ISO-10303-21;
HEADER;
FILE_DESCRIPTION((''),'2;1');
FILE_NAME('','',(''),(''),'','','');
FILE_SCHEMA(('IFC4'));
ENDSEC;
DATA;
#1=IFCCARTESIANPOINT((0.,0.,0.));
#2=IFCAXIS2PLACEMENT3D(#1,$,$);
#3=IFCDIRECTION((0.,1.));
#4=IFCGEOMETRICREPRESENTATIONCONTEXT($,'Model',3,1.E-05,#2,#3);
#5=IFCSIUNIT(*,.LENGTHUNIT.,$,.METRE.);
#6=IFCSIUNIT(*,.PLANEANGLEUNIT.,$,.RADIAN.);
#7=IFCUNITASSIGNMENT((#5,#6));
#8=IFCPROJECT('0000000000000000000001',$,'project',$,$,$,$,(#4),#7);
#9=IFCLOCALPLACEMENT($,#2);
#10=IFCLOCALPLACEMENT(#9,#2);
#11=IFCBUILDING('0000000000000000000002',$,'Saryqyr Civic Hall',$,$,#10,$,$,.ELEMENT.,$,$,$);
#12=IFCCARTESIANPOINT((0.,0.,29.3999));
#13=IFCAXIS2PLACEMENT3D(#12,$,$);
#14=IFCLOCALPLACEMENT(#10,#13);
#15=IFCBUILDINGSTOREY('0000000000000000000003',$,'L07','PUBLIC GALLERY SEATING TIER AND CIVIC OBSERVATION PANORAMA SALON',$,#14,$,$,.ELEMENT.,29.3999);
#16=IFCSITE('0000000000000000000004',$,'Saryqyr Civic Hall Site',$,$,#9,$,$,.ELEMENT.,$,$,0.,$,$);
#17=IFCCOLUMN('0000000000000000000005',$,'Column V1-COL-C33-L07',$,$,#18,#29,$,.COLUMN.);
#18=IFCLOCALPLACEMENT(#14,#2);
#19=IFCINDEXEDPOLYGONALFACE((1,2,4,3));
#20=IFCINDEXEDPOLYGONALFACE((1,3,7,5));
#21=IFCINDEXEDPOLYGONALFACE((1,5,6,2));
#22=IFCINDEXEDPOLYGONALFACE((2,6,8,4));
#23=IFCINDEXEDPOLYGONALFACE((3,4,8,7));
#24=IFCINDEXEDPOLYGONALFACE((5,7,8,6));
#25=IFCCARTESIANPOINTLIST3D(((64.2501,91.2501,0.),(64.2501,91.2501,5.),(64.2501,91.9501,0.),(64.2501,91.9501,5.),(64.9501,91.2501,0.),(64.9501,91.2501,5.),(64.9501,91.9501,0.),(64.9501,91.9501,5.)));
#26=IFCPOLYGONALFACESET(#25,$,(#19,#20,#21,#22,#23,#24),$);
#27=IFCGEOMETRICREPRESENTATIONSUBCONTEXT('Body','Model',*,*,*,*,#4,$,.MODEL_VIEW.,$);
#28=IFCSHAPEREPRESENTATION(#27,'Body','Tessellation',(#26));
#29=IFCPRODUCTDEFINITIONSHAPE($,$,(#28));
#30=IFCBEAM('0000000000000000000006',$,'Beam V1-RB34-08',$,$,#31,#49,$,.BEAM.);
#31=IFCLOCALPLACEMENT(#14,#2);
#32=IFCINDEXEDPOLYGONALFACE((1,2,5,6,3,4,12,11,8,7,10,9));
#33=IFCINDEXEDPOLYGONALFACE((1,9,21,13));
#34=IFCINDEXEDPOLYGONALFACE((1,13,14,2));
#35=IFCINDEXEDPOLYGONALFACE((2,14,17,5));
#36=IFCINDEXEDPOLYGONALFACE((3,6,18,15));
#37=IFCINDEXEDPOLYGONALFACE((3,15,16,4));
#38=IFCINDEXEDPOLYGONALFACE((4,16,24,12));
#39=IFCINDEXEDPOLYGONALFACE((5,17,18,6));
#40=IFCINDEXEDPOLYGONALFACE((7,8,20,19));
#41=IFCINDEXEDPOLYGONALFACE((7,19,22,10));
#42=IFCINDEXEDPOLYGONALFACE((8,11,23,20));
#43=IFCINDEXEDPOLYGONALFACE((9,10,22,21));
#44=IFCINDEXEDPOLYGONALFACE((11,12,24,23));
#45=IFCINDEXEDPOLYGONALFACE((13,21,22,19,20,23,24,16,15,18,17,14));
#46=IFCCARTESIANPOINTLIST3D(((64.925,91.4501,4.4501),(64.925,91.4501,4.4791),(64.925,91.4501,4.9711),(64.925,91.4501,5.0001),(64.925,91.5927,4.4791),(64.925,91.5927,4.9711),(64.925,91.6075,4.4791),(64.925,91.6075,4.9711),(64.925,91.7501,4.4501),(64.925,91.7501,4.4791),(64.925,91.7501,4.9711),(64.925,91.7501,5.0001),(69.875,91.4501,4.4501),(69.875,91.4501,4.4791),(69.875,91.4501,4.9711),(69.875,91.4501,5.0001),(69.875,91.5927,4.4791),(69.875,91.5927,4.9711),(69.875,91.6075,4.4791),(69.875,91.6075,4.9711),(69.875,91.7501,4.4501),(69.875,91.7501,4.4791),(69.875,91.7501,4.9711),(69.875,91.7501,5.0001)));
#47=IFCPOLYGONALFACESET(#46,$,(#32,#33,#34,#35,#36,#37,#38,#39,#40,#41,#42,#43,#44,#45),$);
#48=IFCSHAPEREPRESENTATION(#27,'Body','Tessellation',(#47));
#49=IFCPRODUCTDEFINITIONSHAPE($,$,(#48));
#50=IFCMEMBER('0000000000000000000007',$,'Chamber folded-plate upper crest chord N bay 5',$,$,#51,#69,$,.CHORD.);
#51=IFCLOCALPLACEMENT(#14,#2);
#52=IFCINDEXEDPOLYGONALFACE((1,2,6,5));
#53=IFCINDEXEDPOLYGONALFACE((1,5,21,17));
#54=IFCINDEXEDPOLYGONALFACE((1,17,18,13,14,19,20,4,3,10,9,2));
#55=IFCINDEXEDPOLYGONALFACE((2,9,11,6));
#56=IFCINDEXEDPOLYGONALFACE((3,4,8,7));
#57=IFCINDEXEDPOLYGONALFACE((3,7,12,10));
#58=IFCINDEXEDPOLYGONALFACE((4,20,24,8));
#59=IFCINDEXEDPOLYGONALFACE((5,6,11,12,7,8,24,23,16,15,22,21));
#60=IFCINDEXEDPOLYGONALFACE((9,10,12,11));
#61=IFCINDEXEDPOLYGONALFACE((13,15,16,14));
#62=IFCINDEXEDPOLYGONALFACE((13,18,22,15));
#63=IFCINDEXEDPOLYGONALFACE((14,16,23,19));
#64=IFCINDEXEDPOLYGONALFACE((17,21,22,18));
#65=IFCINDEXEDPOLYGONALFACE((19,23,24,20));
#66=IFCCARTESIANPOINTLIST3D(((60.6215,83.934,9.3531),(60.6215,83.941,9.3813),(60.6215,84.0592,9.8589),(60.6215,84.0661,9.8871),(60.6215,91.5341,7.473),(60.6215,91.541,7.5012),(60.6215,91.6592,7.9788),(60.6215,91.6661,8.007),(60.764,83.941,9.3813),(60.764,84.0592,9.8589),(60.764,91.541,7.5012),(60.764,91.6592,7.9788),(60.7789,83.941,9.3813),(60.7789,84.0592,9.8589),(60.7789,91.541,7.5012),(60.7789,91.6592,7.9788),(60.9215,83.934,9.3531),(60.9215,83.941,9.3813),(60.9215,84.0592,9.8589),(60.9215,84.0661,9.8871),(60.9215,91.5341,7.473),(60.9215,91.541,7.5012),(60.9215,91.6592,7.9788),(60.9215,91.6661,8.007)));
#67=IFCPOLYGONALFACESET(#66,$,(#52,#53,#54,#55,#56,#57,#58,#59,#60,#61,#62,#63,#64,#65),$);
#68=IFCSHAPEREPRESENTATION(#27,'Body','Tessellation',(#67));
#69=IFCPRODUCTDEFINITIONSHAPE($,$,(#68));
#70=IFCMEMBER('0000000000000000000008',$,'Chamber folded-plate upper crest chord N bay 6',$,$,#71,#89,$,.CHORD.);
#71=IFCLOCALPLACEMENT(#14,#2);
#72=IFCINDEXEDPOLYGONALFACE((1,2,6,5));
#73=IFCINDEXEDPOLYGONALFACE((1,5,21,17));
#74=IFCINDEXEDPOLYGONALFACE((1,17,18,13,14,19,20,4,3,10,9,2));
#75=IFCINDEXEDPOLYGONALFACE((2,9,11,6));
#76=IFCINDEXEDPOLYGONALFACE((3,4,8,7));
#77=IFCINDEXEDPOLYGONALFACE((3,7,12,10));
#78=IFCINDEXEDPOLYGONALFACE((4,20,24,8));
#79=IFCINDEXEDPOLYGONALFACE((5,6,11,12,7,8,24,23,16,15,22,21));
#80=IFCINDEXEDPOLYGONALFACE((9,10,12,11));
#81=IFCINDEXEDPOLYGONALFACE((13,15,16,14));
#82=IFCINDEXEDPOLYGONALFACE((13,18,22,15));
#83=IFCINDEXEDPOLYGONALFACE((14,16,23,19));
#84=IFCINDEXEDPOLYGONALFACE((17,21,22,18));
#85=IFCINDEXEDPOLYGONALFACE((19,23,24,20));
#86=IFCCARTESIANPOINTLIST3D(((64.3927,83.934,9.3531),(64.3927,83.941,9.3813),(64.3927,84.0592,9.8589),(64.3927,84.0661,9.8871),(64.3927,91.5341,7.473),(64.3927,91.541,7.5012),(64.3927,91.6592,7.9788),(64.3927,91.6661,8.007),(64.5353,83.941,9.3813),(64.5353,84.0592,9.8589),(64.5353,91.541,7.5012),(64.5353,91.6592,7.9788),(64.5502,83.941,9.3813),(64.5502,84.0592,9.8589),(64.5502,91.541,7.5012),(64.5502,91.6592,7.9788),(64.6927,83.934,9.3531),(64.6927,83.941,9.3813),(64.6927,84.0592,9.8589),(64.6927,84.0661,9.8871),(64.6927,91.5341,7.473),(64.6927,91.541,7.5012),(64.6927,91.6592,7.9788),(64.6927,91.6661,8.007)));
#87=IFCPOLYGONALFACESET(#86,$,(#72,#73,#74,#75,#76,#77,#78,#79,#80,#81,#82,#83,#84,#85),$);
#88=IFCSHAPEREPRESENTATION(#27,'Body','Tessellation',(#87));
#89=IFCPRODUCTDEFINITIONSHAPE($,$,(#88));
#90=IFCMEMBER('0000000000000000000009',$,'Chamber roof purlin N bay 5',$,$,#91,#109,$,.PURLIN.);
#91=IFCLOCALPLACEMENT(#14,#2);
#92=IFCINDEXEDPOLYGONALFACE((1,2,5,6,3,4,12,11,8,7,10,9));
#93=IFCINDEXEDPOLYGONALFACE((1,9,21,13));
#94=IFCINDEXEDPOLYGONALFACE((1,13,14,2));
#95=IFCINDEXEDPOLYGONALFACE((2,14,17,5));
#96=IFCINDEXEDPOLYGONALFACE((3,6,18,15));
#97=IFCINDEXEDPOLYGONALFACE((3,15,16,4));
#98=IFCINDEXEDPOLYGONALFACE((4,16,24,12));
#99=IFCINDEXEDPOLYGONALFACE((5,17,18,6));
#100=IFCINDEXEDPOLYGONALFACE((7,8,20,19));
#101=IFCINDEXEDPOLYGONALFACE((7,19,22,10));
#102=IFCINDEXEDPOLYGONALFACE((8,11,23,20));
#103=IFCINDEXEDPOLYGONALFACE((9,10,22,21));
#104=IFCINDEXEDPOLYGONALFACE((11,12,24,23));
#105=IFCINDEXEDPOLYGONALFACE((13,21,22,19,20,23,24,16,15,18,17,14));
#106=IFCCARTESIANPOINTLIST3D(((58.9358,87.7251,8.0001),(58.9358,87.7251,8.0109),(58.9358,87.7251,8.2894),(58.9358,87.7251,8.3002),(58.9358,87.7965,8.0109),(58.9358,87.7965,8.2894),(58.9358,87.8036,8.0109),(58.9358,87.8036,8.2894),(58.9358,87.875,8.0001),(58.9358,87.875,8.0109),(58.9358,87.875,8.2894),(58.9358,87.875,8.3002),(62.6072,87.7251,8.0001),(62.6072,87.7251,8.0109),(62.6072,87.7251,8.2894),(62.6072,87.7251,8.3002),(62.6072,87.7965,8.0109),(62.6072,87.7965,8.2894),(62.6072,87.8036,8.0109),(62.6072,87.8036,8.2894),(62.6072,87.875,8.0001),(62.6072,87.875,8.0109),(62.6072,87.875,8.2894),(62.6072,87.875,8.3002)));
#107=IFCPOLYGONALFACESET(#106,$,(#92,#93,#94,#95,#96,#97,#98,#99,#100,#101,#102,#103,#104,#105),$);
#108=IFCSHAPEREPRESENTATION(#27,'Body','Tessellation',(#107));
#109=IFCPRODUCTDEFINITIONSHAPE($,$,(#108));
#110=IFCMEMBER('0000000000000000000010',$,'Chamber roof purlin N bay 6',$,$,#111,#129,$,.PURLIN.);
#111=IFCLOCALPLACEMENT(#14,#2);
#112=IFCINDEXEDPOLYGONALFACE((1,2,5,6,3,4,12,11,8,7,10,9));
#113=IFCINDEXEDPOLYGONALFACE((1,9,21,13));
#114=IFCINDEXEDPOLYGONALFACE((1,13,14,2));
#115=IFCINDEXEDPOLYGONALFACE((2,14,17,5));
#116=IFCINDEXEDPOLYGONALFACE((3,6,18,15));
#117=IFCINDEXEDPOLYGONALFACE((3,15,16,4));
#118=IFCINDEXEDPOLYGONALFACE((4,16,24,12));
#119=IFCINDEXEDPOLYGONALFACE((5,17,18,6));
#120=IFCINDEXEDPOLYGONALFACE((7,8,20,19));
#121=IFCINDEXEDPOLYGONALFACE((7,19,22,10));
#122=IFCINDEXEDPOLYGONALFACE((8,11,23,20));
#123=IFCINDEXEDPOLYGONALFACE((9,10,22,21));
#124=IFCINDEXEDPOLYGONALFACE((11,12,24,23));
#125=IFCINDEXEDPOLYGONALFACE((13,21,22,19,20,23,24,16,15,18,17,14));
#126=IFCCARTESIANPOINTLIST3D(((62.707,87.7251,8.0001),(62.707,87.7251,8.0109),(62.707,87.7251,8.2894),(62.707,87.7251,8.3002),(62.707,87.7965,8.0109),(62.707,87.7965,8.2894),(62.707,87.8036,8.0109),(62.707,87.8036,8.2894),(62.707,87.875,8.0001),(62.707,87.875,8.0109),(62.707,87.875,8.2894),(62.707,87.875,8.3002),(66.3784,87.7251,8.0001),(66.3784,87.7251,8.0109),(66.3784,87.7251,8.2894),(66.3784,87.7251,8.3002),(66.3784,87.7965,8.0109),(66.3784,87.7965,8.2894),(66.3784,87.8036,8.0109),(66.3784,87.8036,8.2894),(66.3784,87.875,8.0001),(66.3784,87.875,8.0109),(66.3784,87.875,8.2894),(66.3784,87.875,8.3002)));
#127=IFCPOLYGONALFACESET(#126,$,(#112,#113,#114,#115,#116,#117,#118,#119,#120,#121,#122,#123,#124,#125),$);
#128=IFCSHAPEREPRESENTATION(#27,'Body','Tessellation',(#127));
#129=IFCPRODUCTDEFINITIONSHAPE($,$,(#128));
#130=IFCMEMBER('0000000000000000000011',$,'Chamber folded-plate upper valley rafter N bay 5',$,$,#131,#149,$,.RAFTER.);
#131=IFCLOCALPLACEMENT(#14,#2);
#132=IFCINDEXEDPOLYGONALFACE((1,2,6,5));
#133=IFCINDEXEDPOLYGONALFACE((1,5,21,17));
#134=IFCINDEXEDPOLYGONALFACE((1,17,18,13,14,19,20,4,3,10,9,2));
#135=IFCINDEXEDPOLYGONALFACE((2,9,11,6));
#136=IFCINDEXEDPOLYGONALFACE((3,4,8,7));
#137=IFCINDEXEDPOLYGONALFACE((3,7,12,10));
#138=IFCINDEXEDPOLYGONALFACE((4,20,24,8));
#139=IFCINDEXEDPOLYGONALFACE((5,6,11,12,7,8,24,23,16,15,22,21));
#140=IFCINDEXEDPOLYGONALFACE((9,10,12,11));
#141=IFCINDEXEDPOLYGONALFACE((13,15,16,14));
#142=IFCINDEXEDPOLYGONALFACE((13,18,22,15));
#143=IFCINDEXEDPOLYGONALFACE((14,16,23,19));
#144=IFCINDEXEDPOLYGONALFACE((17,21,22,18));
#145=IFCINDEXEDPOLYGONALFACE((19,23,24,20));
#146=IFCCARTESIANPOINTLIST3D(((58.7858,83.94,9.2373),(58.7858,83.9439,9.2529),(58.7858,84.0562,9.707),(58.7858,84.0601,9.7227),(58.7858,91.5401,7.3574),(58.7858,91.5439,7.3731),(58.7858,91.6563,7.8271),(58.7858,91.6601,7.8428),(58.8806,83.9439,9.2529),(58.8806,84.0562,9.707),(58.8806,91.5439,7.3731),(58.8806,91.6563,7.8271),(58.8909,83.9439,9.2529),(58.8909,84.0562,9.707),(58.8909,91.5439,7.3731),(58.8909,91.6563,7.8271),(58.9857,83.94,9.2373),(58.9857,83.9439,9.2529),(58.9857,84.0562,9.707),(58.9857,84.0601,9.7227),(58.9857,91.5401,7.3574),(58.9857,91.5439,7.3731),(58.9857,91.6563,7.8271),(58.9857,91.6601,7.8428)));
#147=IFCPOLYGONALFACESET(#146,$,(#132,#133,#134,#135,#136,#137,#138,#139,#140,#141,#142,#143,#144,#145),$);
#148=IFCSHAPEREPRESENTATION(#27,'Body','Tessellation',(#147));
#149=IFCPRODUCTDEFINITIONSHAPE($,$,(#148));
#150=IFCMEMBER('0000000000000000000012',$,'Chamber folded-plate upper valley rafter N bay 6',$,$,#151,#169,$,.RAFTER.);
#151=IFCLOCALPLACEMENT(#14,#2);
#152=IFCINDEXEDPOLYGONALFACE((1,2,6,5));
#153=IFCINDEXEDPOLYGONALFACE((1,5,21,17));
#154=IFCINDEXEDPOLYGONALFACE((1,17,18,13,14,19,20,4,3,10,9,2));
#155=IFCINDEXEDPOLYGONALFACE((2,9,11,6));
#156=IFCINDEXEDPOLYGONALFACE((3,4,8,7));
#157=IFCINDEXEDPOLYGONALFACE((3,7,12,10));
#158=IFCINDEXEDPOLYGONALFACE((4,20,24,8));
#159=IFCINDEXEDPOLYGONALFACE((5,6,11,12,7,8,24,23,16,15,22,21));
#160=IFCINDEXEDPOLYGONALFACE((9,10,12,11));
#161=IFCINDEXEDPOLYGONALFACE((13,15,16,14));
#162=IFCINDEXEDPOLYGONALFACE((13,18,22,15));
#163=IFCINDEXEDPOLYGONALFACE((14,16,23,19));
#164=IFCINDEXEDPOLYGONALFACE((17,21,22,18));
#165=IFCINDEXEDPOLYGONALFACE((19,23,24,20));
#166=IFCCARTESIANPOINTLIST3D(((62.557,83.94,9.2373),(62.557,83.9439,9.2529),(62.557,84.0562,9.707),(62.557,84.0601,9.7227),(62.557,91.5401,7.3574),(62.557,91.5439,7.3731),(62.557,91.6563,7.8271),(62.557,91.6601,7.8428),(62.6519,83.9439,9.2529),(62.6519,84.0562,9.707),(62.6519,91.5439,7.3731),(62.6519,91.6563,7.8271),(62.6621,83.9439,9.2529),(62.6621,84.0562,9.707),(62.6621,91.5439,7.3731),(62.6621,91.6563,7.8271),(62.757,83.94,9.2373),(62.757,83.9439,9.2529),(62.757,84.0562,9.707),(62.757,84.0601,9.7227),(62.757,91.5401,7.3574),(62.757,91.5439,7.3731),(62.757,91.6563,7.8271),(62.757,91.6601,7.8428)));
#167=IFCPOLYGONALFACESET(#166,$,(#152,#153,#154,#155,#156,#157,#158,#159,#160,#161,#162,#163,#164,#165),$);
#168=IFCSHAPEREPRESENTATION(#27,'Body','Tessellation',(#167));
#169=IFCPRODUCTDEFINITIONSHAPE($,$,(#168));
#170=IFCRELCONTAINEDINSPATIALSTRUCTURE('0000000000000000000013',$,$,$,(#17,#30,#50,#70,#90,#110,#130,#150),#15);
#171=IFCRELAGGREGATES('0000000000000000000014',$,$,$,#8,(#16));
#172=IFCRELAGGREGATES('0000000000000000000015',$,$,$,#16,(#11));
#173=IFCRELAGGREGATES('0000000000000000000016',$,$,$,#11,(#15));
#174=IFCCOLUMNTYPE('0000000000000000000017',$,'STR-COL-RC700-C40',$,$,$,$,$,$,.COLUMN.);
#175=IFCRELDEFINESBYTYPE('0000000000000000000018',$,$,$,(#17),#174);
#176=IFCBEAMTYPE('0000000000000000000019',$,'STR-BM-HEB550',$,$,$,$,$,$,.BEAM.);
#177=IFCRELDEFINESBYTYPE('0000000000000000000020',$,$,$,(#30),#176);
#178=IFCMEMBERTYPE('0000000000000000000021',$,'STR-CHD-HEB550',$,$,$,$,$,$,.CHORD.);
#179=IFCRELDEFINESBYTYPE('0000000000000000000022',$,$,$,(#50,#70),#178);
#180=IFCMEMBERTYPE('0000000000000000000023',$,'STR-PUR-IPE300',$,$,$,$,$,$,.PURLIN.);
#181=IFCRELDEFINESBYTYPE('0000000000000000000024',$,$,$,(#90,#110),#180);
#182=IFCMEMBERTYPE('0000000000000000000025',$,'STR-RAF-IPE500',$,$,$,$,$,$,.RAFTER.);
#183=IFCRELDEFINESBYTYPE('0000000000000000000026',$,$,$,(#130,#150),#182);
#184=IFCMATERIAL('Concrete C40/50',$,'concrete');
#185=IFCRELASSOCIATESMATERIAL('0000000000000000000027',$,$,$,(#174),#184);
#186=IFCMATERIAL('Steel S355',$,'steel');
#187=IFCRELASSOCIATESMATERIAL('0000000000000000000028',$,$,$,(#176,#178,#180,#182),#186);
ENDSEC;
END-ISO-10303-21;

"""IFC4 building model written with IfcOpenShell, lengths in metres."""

from ifc_helpers import new_model, si_unit, direction, frame, origin, origin_2d, place, context, subcontext, project, spatial, rectangle, i_section, extrude, material, material_profile, profile_set, type_object, element, save


model = new_model("IFC4")

# Units and contexts
model_context = context("Model", 3, precision=1e-05, world=origin(), true_north=direction((0.0, 1.0)))
body_context = subcontext(model_context, "Body", "Model", "MODEL_VIEW")
ifc_project = project(units=[si_unit("LENGTHUNIT", "METRE"), si_unit("PLANEANGLEUNIT", "RADIAN")], contexts=[model_context])

# Site, building, storey
site_placement = place(None, origin())
site = spatial("IfcSite", under=ifc_project, at=site_placement, Name="Saryqyr Civic Hall Site", CompositionType="ELEMENT", RefElevation=0.0)
building_placement = place(site_placement, origin())
building = spatial("IfcBuilding", under=site, at=building_placement, Name="Saryqyr Civic Hall", CompositionType="ELEMENT")
storey_placement = place(building_placement, frame((0.0, 0.0, 29.3999)))
storey = spatial("IfcBuildingStorey", under=building, at=storey_placement, Name="L07", Description="PUBLIC GALLERY SEATING TIER AND CIVIC OBSERVATION PANORAMA SALON", CompositionType="ELEMENT", Elevation=29.3999)

# Column
ifc_material_1 = material(Name="Concrete C40/50", Category="concrete")
ifc_material_profile_1 = material_profile(ifc_material_1, rectangle(XDim=0.7, YDim=0.7, at=origin_2d()), Name="RC 700x700")
ifc_profile_set_1 = profile_set([ifc_material_profile_1], Name="Concrete C40/50")
column_type = type_object("IfcColumnType", Name="STR-COL-RC700-C40", PredefinedType="COLUMN", material=ifc_profile_set_1)
column_placement = place(storey_placement, frame((64.6001, 91.6001, 0.0), z_axis=(0.0, 0.0, 1.0), x_axis=(1.0, 0.0, 0.0)))
element("IfcColumn", 1, at=column_placement, inside=storey, type_object=column_type, Name="Column V1-COL-C33-L07", PredefinedType="COLUMN", context=body_context, shape_type="SweptSolid", body=[
    extrude(rectangle(XDim=0.7, YDim=0.7, at=origin_2d()), origin(), (0.0, 0.0, 1.0), 5.0),
])

# Beam
ifc_material_2 = material(Name="Steel S355", Category="steel")
ifc_material_profile_2 = material_profile(ifc_material_2, i_section(OverallWidth=0.3, OverallDepth=0.55, WebThickness=0.0149, FlangeThickness=0.0291, at=origin_2d()), Name="HEB 550")
ifc_profile_set_2 = profile_set([ifc_material_profile_2], Name="Steel S355")
beam_type = type_object("IfcBeamType", Name="STR-BM-HEB550", PredefinedType="BEAM", material=ifc_profile_set_2)
beam_placement = place(storey_placement, frame((64.925, 91.6001, 4.7251), z_axis=(1.0, 0.0, 0.0), x_axis=(0.0, 1.0, 0.0)))
element("IfcBeam", 2, at=beam_placement, inside=storey, type_object=beam_type, Name="Beam V1-RB34-08", PredefinedType="BEAM", context=body_context, shape_type="SweptSolid", body=[
    extrude(i_section(OverallWidth=0.3, OverallDepth=0.55, WebThickness=0.0149, FlangeThickness=0.0291, at=origin_2d()), origin(), (0.0, 0.0, 1.0), 4.95),
])

# Members
ifc_material_profile_3 = material_profile(ifc_material_2, i_section(OverallWidth=0.3, OverallDepth=0.55, WebThickness=0.0149, FlangeThickness=0.0291, at=origin_2d()), Name="HEB 550")
ifc_profile_set_3 = profile_set([ifc_material_profile_3], Name="Steel S355")
member_type_1 = type_object("IfcMemberType", Name="STR-CHD-HEB550", PredefinedType="CHORD", material=ifc_profile_set_3)
for number, where, z_axis, x_axis, name in (
    (3, (60.7715, 91.6001, 7.74), (0.0, -0.970738, 0.240143), (1.0, 0.0, 0.0), "Chamber folded-plate upper crest chord N bay 5"),
    (4, (64.5427, 91.6001, 7.74), (0.0, -0.970738, 0.240143), (1.0, 0.0, 0.0), "Chamber folded-plate upper crest chord N bay 6"),
):
    element("IfcMember", number, at=place(storey_placement, frame(where, z_axis=z_axis, x_axis=x_axis)), inside=storey, type_object=member_type_1, Name=name, PredefinedType="CHORD", context=body_context, shape_type="SweptSolid", body=[
        extrude(i_section(OverallWidth=0.3, OverallDepth=0.55, WebThickness=0.0149, FlangeThickness=0.0291, at=origin_2d()), origin(), (0.0, 0.0, 1.0), 7.8291),
    ])
ifc_material_profile_4 = material_profile(ifc_material_2, i_section(OverallWidth=0.1499, OverallDepth=0.3, WebThickness=0.0071, FlangeThickness=0.0107, at=origin_2d()), Name="IPE 300")
ifc_profile_set_4 = profile_set([ifc_material_profile_4], Name="Steel S355")
member_type_2 = type_object("IfcMemberType", Name="STR-PUR-IPE300", PredefinedType="PURLIN", material=ifc_profile_set_4)
for number, where, z_axis, x_axis, name in (
    (5, (58.9358, 87.8, 8.1501), (1.0, 0.0, 0.0), (0.0, 1.0, 0.0), "Chamber roof purlin N bay 5"),
    (6, (62.707, 87.8, 8.1501), (1.0, 0.0, 0.0), (0.0, 1.0, 0.0), "Chamber roof purlin N bay 6"),
):
    element("IfcMember", number, at=place(storey_placement, frame(where, z_axis=z_axis, x_axis=x_axis)), inside=storey, type_object=member_type_2, Name=name, PredefinedType="PURLIN", context=body_context, shape_type="SweptSolid", body=[
        extrude(i_section(OverallWidth=0.1499, OverallDepth=0.3, WebThickness=0.0071, FlangeThickness=0.0107, at=origin_2d()), origin(), (0.0, 0.0, 1.0), 3.6714),
    ])
ifc_material_profile_5 = material_profile(ifc_material_2, i_section(OverallWidth=0.2, OverallDepth=0.5, WebThickness=0.0103, FlangeThickness=0.0161, at=origin_2d()), Name="IPE 500")
ifc_profile_set_5 = profile_set([ifc_material_profile_5], Name="Steel S355")
member_type_3 = type_object("IfcMemberType", Name="STR-RAF-IPE500", PredefinedType="RAFTER", material=ifc_profile_set_5)
for number, where, z_axis, x_axis, name in (
    (7, (58.8857, 91.6001, 7.6001), (0.0, -0.970745, 0.240114), (1.0, 0.0, 0.0), "Chamber folded-plate upper valley rafter N bay 5"),
    (8, (62.657, 91.6001, 7.6001), (0.0, -0.970745, 0.240114), (1.0, 0.0, 0.0), "Chamber folded-plate upper valley rafter N bay 6"),
):
    element("IfcMember", number, at=place(storey_placement, frame(where, z_axis=z_axis, x_axis=x_axis)), inside=storey, type_object=member_type_3, Name=name, PredefinedType="RAFTER", context=body_context, shape_type="SweptSolid", body=[
        extrude(i_section(OverallWidth=0.2, OverallDepth=0.5, WebThickness=0.0103, FlangeThickness=0.0161, at=origin_2d()), origin(), (0.0, 0.0, 1.0), 7.8291),
    ])

save(model, "model.ifc")
